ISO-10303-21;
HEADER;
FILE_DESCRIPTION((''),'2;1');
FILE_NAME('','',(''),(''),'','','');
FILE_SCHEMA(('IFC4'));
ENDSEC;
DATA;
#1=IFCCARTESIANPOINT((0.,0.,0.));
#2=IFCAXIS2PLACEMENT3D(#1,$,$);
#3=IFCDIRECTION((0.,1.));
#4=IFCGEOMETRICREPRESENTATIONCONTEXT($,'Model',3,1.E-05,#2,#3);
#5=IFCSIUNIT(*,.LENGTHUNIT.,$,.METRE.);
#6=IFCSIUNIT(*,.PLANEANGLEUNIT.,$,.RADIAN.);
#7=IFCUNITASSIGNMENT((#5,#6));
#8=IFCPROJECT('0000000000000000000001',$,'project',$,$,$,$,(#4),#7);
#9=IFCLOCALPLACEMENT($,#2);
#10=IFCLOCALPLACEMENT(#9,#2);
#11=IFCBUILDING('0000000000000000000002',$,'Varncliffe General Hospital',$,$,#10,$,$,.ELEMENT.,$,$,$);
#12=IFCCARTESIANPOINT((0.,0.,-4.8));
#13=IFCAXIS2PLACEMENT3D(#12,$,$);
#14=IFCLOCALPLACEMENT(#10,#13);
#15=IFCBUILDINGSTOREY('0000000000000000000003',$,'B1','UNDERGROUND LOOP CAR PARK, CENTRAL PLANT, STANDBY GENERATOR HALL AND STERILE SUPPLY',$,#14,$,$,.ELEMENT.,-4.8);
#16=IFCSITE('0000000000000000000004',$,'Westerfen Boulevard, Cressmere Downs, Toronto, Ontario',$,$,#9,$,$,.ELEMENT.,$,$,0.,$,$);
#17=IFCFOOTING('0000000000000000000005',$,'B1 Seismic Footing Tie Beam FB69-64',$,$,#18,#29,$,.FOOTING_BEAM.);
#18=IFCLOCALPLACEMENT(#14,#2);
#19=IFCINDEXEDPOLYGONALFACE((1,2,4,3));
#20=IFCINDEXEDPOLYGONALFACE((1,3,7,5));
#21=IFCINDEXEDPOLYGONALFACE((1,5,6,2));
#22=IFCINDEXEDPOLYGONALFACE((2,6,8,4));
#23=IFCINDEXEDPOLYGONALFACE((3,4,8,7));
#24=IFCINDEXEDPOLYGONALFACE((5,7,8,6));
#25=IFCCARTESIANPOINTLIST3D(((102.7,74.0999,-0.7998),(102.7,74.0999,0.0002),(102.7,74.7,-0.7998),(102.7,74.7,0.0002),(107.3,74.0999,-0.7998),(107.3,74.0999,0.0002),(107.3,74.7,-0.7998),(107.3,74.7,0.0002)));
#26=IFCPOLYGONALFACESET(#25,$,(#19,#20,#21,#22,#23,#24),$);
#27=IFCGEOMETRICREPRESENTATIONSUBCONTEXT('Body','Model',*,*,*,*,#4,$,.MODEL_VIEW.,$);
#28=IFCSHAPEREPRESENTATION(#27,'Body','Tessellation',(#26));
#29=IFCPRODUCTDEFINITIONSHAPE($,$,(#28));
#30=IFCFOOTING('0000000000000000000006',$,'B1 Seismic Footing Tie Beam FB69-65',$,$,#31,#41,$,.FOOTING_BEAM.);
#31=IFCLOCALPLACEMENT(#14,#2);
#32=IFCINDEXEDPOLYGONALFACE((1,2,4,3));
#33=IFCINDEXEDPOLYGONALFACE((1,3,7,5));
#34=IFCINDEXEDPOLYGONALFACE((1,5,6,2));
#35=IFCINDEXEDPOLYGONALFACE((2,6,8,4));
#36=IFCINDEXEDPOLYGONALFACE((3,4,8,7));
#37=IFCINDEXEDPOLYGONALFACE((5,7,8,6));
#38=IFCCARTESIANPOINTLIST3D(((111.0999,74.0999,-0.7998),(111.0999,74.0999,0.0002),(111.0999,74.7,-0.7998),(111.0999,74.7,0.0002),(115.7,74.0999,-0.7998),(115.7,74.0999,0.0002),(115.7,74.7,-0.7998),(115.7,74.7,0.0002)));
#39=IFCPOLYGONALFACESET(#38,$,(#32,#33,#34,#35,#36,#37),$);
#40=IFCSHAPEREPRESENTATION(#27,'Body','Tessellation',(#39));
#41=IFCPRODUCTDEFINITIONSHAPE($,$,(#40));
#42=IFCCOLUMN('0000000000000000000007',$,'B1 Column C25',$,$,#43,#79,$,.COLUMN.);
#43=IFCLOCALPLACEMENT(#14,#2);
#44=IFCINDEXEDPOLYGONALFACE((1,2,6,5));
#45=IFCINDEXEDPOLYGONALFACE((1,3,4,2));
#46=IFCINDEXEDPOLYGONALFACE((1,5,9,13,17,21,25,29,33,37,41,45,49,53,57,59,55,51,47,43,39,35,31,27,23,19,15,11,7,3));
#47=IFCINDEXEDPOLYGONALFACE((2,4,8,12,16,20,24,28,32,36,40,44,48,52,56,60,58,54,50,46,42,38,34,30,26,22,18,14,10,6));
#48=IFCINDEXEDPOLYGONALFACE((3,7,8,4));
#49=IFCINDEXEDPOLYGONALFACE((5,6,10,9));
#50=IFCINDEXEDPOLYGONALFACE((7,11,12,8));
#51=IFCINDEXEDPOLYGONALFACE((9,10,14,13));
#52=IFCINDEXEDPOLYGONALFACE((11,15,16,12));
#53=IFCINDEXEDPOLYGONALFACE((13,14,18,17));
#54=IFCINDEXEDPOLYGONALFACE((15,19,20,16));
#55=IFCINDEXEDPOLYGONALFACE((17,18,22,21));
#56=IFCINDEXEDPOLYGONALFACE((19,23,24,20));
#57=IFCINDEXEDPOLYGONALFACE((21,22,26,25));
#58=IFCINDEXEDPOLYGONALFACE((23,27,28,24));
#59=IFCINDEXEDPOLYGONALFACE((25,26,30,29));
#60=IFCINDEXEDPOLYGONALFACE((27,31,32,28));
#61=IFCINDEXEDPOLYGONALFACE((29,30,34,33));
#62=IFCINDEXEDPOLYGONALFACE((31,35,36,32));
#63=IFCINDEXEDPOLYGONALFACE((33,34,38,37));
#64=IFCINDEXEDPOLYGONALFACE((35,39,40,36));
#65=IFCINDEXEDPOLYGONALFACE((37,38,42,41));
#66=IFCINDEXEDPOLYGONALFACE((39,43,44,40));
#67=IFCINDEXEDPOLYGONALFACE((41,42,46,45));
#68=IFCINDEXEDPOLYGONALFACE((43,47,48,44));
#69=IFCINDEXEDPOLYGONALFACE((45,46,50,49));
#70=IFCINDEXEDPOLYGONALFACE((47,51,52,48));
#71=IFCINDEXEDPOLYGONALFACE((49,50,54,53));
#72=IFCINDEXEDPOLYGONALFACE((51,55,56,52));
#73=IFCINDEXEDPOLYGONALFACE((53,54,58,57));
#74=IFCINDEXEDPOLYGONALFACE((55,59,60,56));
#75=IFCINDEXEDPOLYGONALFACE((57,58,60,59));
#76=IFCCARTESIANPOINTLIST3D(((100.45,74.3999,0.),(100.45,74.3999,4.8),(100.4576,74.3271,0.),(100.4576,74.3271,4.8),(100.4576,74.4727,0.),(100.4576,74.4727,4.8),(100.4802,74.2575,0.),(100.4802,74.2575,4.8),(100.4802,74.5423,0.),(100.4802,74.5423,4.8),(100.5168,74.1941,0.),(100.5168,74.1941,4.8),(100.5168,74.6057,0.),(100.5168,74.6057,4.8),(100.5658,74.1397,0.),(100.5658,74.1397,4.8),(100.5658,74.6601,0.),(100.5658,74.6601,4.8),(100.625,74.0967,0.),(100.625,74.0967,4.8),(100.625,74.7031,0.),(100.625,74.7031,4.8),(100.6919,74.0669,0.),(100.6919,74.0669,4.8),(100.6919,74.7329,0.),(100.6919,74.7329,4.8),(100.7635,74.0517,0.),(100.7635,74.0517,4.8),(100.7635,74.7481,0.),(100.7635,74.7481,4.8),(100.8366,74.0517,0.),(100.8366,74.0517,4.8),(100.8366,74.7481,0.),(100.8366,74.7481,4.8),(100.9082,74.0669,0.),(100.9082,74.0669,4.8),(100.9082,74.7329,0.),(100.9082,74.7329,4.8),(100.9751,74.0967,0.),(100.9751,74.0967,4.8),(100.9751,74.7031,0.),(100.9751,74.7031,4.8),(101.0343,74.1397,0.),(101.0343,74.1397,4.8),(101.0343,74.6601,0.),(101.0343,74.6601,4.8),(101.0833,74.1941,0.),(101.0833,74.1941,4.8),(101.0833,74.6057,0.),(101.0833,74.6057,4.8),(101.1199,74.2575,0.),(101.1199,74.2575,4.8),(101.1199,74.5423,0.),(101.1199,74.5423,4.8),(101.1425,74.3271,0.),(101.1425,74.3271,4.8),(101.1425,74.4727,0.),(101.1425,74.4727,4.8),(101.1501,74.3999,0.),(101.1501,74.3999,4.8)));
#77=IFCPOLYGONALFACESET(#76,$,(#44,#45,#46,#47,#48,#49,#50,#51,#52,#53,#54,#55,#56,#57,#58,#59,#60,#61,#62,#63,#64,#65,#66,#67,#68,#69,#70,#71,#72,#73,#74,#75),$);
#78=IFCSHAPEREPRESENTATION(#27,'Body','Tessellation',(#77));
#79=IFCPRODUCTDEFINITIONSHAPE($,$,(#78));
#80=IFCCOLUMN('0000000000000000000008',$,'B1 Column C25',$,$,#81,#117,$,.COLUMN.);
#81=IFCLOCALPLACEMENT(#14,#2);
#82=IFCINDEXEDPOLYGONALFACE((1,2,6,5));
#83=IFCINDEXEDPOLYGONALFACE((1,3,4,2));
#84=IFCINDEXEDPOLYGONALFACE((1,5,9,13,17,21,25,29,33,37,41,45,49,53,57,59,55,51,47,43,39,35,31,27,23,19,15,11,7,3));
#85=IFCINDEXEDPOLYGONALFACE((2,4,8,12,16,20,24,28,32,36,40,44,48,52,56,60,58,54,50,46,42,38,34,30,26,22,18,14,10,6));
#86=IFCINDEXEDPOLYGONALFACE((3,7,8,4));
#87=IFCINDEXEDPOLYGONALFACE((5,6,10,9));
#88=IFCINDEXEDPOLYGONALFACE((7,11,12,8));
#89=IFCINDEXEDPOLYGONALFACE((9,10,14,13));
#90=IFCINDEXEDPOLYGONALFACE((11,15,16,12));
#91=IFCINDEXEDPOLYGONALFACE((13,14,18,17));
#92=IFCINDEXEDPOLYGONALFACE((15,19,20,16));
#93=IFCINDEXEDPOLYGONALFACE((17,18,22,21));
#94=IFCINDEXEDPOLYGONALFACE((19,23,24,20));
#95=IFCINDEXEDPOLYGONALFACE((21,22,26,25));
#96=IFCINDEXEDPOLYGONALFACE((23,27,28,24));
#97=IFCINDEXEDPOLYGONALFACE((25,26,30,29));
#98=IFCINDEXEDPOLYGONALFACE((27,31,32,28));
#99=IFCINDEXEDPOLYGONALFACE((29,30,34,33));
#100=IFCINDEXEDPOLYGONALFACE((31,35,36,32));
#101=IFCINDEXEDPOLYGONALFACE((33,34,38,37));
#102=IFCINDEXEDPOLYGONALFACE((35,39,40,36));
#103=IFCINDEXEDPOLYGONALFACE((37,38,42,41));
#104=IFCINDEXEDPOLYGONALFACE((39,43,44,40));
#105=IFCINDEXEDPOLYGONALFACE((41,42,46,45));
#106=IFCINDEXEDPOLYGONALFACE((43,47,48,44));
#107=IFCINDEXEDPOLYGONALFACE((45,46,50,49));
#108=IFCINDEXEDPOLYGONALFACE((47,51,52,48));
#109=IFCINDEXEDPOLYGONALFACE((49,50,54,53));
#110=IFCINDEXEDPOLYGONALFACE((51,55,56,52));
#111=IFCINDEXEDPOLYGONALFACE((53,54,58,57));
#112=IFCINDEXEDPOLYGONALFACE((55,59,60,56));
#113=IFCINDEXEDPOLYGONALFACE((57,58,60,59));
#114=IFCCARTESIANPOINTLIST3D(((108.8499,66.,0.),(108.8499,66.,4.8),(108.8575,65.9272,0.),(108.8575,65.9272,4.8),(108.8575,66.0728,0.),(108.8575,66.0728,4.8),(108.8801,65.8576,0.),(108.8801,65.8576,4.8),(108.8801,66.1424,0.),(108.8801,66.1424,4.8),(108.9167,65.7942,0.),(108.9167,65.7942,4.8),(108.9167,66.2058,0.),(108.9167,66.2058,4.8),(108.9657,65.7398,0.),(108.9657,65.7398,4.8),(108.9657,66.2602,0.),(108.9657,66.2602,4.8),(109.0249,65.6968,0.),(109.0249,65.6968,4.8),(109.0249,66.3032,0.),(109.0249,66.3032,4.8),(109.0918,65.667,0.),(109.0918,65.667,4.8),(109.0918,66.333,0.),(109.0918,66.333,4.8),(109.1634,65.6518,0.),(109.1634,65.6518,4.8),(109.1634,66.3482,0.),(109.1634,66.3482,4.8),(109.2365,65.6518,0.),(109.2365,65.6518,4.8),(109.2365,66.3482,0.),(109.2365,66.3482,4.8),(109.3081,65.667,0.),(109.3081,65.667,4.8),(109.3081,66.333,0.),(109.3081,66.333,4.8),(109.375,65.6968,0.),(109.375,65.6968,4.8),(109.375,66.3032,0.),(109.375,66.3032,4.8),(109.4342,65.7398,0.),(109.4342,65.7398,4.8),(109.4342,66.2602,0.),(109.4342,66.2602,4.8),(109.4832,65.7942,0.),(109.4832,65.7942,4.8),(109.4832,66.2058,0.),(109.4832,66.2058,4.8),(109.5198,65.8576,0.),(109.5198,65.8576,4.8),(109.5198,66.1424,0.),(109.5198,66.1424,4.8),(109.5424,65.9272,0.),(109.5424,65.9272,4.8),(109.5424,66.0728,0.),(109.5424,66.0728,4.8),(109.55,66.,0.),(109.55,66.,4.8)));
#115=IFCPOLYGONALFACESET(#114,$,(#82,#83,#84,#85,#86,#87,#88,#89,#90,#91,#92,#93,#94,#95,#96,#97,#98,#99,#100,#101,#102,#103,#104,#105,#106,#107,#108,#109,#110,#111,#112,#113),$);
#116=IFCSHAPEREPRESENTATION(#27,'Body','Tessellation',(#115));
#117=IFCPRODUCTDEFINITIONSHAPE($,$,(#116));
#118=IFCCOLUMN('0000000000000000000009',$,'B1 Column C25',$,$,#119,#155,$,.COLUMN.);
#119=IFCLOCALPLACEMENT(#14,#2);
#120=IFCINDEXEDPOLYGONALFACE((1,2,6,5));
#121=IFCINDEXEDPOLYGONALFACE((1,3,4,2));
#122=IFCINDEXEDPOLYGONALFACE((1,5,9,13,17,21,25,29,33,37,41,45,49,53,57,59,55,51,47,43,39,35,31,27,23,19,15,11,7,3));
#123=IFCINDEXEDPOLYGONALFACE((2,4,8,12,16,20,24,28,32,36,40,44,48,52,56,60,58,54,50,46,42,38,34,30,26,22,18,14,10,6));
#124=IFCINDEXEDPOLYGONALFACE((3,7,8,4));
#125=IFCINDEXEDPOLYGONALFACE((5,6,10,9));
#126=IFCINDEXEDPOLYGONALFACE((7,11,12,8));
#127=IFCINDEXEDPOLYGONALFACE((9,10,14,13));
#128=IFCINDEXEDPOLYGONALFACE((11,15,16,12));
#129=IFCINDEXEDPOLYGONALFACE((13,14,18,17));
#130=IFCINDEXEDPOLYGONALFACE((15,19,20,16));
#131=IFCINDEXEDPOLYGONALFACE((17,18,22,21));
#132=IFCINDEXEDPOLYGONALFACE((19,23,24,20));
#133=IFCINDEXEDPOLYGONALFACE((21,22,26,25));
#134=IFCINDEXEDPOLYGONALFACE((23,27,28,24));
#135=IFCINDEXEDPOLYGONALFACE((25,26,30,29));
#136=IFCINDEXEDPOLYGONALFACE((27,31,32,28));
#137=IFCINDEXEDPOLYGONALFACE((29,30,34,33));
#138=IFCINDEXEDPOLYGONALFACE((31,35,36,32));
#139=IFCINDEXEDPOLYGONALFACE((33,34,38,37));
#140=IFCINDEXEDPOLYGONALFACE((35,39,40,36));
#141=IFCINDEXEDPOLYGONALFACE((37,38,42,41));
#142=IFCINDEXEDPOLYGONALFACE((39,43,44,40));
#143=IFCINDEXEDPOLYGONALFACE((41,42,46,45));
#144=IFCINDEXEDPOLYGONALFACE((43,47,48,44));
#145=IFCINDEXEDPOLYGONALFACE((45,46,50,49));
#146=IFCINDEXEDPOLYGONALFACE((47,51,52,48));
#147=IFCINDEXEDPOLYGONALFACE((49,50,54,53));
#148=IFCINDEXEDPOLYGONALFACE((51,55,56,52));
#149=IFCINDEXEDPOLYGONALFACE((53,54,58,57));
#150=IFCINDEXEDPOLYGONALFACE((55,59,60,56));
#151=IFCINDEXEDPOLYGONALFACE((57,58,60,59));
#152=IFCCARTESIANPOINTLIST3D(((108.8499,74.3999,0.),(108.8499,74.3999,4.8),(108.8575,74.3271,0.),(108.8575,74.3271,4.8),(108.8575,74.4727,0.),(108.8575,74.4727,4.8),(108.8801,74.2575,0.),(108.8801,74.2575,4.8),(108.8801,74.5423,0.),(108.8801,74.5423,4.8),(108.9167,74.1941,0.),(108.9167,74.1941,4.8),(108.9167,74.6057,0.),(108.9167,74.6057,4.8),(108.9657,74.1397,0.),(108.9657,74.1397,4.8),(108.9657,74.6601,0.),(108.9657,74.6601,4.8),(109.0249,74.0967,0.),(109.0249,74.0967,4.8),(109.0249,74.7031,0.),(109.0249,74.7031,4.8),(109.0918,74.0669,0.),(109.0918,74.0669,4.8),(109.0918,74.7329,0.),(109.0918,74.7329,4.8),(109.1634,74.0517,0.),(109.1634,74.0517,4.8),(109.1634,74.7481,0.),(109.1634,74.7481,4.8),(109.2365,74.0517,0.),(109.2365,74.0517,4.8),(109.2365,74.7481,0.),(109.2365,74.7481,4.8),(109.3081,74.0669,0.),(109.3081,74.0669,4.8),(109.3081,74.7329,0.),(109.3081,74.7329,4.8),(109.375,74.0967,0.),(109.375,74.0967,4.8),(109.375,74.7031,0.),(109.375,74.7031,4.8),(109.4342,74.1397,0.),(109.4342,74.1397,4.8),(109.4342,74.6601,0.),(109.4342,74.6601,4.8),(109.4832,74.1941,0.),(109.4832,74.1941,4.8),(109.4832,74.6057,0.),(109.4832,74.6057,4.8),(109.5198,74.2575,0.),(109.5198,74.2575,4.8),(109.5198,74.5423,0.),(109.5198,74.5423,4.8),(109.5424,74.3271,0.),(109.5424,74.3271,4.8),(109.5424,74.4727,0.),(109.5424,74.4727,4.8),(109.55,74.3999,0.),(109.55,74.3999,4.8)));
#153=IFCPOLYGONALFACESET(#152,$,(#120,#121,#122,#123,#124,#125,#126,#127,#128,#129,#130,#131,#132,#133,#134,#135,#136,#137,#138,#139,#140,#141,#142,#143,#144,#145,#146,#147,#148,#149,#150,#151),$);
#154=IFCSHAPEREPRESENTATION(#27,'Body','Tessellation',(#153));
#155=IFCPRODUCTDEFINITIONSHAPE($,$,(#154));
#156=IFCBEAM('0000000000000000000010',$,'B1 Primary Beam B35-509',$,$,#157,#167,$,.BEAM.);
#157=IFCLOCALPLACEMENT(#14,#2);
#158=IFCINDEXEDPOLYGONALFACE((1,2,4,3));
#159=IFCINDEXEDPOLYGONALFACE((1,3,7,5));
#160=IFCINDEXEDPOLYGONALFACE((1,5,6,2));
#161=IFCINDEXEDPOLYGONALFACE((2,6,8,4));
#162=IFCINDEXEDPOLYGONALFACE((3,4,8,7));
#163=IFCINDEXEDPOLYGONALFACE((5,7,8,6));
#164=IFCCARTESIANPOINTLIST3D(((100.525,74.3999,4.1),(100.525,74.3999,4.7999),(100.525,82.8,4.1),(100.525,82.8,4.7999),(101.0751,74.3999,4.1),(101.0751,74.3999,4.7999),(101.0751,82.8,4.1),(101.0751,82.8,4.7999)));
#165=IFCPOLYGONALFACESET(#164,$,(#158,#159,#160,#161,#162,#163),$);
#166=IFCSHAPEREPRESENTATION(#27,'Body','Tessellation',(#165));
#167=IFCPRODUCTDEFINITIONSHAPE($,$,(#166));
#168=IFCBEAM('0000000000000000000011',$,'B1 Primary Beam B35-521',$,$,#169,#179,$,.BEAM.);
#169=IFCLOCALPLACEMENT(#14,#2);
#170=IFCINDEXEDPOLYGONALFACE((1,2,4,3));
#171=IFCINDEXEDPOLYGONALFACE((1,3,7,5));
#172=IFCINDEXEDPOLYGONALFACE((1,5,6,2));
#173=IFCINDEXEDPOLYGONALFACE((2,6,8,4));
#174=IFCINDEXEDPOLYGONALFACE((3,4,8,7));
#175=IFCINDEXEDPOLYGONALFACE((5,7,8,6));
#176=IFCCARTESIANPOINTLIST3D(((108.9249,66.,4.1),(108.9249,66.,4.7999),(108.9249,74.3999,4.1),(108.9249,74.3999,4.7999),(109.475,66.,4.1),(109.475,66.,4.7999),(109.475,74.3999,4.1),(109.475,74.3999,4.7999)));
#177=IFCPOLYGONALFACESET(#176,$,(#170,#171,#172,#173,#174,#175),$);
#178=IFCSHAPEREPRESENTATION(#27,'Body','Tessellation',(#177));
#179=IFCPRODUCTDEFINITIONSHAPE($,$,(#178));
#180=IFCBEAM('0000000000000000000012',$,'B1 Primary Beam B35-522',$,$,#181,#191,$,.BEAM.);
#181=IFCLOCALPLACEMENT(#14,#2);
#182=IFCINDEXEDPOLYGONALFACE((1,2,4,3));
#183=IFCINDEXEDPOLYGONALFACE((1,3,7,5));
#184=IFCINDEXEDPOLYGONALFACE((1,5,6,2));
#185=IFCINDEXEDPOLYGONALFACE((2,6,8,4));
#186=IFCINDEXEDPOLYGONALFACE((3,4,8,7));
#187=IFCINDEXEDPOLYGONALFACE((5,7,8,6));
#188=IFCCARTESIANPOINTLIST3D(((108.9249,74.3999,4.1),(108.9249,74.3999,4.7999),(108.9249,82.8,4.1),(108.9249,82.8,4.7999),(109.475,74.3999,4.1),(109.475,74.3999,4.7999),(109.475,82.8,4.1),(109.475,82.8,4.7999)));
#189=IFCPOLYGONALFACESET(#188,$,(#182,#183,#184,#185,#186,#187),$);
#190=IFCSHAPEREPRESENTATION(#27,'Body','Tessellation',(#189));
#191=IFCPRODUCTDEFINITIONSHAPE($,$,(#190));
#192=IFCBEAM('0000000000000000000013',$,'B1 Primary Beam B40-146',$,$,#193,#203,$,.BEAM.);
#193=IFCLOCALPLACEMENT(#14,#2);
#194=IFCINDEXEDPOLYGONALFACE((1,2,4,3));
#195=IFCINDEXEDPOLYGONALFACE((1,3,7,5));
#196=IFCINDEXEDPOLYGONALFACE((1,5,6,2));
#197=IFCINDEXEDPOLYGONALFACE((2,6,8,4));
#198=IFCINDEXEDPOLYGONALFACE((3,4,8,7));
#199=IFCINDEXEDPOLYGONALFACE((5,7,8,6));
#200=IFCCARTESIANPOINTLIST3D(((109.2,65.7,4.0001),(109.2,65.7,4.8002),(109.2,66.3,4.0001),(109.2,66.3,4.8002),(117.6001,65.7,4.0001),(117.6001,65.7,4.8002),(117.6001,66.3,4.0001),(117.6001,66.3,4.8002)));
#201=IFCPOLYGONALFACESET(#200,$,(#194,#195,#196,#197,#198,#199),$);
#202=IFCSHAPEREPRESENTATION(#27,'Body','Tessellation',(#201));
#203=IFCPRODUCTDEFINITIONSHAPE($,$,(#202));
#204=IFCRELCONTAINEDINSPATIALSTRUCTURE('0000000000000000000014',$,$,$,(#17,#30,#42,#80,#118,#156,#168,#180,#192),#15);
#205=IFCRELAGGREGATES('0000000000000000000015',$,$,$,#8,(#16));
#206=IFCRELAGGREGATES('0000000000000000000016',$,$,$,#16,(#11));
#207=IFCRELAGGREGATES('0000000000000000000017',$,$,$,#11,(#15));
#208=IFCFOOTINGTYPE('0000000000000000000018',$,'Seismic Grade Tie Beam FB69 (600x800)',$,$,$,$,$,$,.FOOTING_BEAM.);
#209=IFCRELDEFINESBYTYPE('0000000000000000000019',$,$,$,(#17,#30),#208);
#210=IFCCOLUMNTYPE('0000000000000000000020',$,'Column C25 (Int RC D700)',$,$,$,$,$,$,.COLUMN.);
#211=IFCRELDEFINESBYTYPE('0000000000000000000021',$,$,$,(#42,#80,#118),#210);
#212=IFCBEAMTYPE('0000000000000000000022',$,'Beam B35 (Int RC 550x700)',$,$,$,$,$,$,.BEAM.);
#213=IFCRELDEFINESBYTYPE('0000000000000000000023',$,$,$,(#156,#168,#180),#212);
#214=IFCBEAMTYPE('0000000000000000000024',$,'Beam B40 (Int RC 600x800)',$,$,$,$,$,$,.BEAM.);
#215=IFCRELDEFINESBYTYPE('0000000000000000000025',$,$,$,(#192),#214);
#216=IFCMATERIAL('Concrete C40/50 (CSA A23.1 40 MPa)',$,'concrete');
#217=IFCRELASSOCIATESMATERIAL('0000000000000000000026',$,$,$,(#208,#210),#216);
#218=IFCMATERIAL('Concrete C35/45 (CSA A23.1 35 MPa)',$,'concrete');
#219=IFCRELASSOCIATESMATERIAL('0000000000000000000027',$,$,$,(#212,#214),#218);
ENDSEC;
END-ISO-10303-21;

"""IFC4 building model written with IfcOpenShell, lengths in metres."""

from ifc_helpers import new_model, si_unit, direction, frame, origin, origin_2d, place, context, subcontext, project, spatial, rectangle, circle, extrude, material, material_profile, profile_set, type_object, element, save


model = new_model("IFC4")

# Units and contexts
model_context = context("Model", 3, precision=1e-05, world=origin(), true_north=direction((0.0, 1.0)))
body_context = subcontext(model_context, "Body", "Model", "MODEL_VIEW")
ifc_project = project(units=[si_unit("LENGTHUNIT", "METRE"), si_unit("PLANEANGLEUNIT", "RADIAN")], contexts=[model_context])

# Site, building, storey
site_placement = place(None, origin())
site = spatial("IfcSite", under=ifc_project, at=site_placement, Name="Westerfen Boulevard, Cressmere Downs, Toronto, Ontario", CompositionType="ELEMENT", RefElevation=0.0)
building_placement = place(site_placement, origin())
building = spatial("IfcBuilding", under=site, at=building_placement, Name="Varncliffe General Hospital", CompositionType="ELEMENT")
storey_placement = place(building_placement, frame((0.0, 0.0, -4.8)))
storey = spatial("IfcBuildingStorey", under=building, at=storey_placement, Name="B1", Description="UNDERGROUND LOOP CAR PARK, CENTRAL PLANT, STANDBY GENERATOR HALL AND STERILE SUPPLY", CompositionType="ELEMENT", Elevation=-4.8)

# Shared definitions
ifc_material_1 = material(Name="Concrete C40/50 (CSA A23.1 40 MPa)", Category="concrete")

# Footings
footing_type_1 = type_object("IfcFootingType", Name="Seismic Grade Tie Beam FB69 (600x800)", PredefinedType="FOOTING_BEAM", material=ifc_material_1)
for number, where, z_axis, x_axis, name in (
    (1, (105.0, 74.3999, -0.7998), (0.0, 0.0, 1.0), (1.0, 0.0, 0.0), "B1 Seismic Footing Tie Beam FB69-64"),
    (2, (113.3999, 74.3999, -0.7998), (0.0, 0.0, 1.0), (1.0, 0.0, 0.0), "B1 Seismic Footing Tie Beam FB69-65"),
):
    element("IfcFooting", number, at=place(storey_placement, frame(where, z_axis=z_axis, x_axis=x_axis)), inside=storey, type_object=footing_type_1, Name=name, PredefinedType="FOOTING_BEAM", context=body_context, shape_type="SweptSolid", body=[
        extrude(rectangle(XDim=4.6001, YDim=0.6001, at=origin_2d()), origin(), (0.0, 0.0, 1.0), 0.8),
    ])

# Columns
ifc_material_profile_1 = material_profile(ifc_material_1, circle(Radius=0.3501, at=origin_2d()), Name="RC D700")
ifc_profile_set_1 = profile_set([ifc_material_profile_1], Name="Concrete C40/50 (CSA A23.1 40 MPa)")
column_type = type_object("IfcColumnType", Name="Column C25 (Int RC D700)", PredefinedType="COLUMN", material=ifc_profile_set_1)
for number, where, z_axis, x_axis, name in (
    (3, (100.8, 74.3999, 0.0), (0.0, 0.0, 1.0), (1.0, 0.0, 0.0), "B1 Column C25"),
    (4, (109.2, 66.0, 0.0), (0.0, 0.0, 1.0), (1.0, 0.0, 0.0), "B1 Column C25"),
    (5, (109.2, 74.3999, 0.0), (0.0, 0.0, 1.0), (1.0, 0.0, 0.0), "B1 Column C25"),
):
    element("IfcColumn", number, at=place(storey_placement, frame(where, z_axis=z_axis, x_axis=x_axis)), inside=storey, type_object=column_type, Name=name, PredefinedType="COLUMN", context=body_context, shape_type="SweptSolid", body=[
        extrude(circle(Radius=0.3501, at=origin_2d()), origin(), (0.0, 0.0, 1.0), 4.8),
    ])

# Beams
ifc_material_2 = material(Name="Concrete C35/45 (CSA A23.1 35 MPa)", Category="concrete")
ifc_material_profile_2 = material_profile(ifc_material_2, rectangle(XDim=0.55, YDim=0.7, at=origin_2d()), Name="RC 550x700")
ifc_profile_set_2 = profile_set([ifc_material_profile_2], Name="Concrete C35/45 (CSA A23.1 35 MPa)")
beam_type_1 = type_object("IfcBeamType", Name="Beam B35 (Int RC 550x700)", PredefinedType="BEAM", material=ifc_profile_set_2)
beam_1_placement = place(storey_placement, frame((100.8, 74.3999, 4.45), z_axis=(0.0, 1.0, 0.0), x_axis=(-1.0, 0.0, 0.0)))
element("IfcBeam", 6, at=beam_1_placement, inside=storey, type_object=beam_type_1, Name="B1 Primary Beam B35-509", PredefinedType="BEAM", context=body_context, shape_type="SweptSolid", body=[
    extrude(rectangle(XDim=0.55, YDim=0.7, at=origin_2d()), origin(), (0.0, 0.0, 1.0), 8.4001),
])
beam_2_placement = place(storey_placement, frame((109.2, 66.0, 4.45), z_axis=(0.0, 1.0, 0.0), x_axis=(-1.0, 0.0, 0.0)))
element("IfcBeam", 7, at=beam_2_placement, inside=storey, type_object=beam_type_1, Name="B1 Primary Beam B35-521", PredefinedType="BEAM", context=body_context, shape_type="SweptSolid", body=[
    extrude(rectangle(XDim=0.55, YDim=0.7, at=origin_2d()), origin(), (0.0, 0.0, 1.0), 8.3999),
])
beam_3_placement = place(storey_placement, frame((109.2, 74.3999, 4.45), z_axis=(0.0, 1.0, 0.0), x_axis=(-1.0, 0.0, 0.0)))
element("IfcBeam", 8, at=beam_3_placement, inside=storey, type_object=beam_type_1, Name="B1 Primary Beam B35-522", PredefinedType="BEAM", context=body_context, shape_type="SweptSolid", body=[
    extrude(rectangle(XDim=0.55, YDim=0.7, at=origin_2d()), origin(), (0.0, 0.0, 1.0), 8.4001),
])
ifc_material_profile_3 = material_profile(ifc_material_2, rectangle(XDim=0.6001, YDim=0.8, at=origin_2d()), Name="RC 600x800")
ifc_profile_set_3 = profile_set([ifc_material_profile_3], Name="Concrete C35/45 (CSA A23.1 35 MPa)")
beam_type_2 = type_object("IfcBeamType", Name="Beam B40 (Int RC 600x800)", PredefinedType="BEAM", material=ifc_profile_set_3)
beam_4_placement = place(storey_placement, frame((109.2, 66.0, 4.4001), z_axis=(1.0, 0.0, 0.0), x_axis=(0.0, 1.0, 0.0)))
element("IfcBeam", 9, at=beam_4_placement, inside=storey, type_object=beam_type_2, Name="B1 Primary Beam B40-146", PredefinedType="BEAM", context=body_context, shape_type="SweptSolid", body=[
    extrude(rectangle(XDim=0.6001, YDim=0.8, at=origin_2d()), origin(), (0.0, 0.0, 1.0), 8.4001),
])

save(model, "model.ifc")
